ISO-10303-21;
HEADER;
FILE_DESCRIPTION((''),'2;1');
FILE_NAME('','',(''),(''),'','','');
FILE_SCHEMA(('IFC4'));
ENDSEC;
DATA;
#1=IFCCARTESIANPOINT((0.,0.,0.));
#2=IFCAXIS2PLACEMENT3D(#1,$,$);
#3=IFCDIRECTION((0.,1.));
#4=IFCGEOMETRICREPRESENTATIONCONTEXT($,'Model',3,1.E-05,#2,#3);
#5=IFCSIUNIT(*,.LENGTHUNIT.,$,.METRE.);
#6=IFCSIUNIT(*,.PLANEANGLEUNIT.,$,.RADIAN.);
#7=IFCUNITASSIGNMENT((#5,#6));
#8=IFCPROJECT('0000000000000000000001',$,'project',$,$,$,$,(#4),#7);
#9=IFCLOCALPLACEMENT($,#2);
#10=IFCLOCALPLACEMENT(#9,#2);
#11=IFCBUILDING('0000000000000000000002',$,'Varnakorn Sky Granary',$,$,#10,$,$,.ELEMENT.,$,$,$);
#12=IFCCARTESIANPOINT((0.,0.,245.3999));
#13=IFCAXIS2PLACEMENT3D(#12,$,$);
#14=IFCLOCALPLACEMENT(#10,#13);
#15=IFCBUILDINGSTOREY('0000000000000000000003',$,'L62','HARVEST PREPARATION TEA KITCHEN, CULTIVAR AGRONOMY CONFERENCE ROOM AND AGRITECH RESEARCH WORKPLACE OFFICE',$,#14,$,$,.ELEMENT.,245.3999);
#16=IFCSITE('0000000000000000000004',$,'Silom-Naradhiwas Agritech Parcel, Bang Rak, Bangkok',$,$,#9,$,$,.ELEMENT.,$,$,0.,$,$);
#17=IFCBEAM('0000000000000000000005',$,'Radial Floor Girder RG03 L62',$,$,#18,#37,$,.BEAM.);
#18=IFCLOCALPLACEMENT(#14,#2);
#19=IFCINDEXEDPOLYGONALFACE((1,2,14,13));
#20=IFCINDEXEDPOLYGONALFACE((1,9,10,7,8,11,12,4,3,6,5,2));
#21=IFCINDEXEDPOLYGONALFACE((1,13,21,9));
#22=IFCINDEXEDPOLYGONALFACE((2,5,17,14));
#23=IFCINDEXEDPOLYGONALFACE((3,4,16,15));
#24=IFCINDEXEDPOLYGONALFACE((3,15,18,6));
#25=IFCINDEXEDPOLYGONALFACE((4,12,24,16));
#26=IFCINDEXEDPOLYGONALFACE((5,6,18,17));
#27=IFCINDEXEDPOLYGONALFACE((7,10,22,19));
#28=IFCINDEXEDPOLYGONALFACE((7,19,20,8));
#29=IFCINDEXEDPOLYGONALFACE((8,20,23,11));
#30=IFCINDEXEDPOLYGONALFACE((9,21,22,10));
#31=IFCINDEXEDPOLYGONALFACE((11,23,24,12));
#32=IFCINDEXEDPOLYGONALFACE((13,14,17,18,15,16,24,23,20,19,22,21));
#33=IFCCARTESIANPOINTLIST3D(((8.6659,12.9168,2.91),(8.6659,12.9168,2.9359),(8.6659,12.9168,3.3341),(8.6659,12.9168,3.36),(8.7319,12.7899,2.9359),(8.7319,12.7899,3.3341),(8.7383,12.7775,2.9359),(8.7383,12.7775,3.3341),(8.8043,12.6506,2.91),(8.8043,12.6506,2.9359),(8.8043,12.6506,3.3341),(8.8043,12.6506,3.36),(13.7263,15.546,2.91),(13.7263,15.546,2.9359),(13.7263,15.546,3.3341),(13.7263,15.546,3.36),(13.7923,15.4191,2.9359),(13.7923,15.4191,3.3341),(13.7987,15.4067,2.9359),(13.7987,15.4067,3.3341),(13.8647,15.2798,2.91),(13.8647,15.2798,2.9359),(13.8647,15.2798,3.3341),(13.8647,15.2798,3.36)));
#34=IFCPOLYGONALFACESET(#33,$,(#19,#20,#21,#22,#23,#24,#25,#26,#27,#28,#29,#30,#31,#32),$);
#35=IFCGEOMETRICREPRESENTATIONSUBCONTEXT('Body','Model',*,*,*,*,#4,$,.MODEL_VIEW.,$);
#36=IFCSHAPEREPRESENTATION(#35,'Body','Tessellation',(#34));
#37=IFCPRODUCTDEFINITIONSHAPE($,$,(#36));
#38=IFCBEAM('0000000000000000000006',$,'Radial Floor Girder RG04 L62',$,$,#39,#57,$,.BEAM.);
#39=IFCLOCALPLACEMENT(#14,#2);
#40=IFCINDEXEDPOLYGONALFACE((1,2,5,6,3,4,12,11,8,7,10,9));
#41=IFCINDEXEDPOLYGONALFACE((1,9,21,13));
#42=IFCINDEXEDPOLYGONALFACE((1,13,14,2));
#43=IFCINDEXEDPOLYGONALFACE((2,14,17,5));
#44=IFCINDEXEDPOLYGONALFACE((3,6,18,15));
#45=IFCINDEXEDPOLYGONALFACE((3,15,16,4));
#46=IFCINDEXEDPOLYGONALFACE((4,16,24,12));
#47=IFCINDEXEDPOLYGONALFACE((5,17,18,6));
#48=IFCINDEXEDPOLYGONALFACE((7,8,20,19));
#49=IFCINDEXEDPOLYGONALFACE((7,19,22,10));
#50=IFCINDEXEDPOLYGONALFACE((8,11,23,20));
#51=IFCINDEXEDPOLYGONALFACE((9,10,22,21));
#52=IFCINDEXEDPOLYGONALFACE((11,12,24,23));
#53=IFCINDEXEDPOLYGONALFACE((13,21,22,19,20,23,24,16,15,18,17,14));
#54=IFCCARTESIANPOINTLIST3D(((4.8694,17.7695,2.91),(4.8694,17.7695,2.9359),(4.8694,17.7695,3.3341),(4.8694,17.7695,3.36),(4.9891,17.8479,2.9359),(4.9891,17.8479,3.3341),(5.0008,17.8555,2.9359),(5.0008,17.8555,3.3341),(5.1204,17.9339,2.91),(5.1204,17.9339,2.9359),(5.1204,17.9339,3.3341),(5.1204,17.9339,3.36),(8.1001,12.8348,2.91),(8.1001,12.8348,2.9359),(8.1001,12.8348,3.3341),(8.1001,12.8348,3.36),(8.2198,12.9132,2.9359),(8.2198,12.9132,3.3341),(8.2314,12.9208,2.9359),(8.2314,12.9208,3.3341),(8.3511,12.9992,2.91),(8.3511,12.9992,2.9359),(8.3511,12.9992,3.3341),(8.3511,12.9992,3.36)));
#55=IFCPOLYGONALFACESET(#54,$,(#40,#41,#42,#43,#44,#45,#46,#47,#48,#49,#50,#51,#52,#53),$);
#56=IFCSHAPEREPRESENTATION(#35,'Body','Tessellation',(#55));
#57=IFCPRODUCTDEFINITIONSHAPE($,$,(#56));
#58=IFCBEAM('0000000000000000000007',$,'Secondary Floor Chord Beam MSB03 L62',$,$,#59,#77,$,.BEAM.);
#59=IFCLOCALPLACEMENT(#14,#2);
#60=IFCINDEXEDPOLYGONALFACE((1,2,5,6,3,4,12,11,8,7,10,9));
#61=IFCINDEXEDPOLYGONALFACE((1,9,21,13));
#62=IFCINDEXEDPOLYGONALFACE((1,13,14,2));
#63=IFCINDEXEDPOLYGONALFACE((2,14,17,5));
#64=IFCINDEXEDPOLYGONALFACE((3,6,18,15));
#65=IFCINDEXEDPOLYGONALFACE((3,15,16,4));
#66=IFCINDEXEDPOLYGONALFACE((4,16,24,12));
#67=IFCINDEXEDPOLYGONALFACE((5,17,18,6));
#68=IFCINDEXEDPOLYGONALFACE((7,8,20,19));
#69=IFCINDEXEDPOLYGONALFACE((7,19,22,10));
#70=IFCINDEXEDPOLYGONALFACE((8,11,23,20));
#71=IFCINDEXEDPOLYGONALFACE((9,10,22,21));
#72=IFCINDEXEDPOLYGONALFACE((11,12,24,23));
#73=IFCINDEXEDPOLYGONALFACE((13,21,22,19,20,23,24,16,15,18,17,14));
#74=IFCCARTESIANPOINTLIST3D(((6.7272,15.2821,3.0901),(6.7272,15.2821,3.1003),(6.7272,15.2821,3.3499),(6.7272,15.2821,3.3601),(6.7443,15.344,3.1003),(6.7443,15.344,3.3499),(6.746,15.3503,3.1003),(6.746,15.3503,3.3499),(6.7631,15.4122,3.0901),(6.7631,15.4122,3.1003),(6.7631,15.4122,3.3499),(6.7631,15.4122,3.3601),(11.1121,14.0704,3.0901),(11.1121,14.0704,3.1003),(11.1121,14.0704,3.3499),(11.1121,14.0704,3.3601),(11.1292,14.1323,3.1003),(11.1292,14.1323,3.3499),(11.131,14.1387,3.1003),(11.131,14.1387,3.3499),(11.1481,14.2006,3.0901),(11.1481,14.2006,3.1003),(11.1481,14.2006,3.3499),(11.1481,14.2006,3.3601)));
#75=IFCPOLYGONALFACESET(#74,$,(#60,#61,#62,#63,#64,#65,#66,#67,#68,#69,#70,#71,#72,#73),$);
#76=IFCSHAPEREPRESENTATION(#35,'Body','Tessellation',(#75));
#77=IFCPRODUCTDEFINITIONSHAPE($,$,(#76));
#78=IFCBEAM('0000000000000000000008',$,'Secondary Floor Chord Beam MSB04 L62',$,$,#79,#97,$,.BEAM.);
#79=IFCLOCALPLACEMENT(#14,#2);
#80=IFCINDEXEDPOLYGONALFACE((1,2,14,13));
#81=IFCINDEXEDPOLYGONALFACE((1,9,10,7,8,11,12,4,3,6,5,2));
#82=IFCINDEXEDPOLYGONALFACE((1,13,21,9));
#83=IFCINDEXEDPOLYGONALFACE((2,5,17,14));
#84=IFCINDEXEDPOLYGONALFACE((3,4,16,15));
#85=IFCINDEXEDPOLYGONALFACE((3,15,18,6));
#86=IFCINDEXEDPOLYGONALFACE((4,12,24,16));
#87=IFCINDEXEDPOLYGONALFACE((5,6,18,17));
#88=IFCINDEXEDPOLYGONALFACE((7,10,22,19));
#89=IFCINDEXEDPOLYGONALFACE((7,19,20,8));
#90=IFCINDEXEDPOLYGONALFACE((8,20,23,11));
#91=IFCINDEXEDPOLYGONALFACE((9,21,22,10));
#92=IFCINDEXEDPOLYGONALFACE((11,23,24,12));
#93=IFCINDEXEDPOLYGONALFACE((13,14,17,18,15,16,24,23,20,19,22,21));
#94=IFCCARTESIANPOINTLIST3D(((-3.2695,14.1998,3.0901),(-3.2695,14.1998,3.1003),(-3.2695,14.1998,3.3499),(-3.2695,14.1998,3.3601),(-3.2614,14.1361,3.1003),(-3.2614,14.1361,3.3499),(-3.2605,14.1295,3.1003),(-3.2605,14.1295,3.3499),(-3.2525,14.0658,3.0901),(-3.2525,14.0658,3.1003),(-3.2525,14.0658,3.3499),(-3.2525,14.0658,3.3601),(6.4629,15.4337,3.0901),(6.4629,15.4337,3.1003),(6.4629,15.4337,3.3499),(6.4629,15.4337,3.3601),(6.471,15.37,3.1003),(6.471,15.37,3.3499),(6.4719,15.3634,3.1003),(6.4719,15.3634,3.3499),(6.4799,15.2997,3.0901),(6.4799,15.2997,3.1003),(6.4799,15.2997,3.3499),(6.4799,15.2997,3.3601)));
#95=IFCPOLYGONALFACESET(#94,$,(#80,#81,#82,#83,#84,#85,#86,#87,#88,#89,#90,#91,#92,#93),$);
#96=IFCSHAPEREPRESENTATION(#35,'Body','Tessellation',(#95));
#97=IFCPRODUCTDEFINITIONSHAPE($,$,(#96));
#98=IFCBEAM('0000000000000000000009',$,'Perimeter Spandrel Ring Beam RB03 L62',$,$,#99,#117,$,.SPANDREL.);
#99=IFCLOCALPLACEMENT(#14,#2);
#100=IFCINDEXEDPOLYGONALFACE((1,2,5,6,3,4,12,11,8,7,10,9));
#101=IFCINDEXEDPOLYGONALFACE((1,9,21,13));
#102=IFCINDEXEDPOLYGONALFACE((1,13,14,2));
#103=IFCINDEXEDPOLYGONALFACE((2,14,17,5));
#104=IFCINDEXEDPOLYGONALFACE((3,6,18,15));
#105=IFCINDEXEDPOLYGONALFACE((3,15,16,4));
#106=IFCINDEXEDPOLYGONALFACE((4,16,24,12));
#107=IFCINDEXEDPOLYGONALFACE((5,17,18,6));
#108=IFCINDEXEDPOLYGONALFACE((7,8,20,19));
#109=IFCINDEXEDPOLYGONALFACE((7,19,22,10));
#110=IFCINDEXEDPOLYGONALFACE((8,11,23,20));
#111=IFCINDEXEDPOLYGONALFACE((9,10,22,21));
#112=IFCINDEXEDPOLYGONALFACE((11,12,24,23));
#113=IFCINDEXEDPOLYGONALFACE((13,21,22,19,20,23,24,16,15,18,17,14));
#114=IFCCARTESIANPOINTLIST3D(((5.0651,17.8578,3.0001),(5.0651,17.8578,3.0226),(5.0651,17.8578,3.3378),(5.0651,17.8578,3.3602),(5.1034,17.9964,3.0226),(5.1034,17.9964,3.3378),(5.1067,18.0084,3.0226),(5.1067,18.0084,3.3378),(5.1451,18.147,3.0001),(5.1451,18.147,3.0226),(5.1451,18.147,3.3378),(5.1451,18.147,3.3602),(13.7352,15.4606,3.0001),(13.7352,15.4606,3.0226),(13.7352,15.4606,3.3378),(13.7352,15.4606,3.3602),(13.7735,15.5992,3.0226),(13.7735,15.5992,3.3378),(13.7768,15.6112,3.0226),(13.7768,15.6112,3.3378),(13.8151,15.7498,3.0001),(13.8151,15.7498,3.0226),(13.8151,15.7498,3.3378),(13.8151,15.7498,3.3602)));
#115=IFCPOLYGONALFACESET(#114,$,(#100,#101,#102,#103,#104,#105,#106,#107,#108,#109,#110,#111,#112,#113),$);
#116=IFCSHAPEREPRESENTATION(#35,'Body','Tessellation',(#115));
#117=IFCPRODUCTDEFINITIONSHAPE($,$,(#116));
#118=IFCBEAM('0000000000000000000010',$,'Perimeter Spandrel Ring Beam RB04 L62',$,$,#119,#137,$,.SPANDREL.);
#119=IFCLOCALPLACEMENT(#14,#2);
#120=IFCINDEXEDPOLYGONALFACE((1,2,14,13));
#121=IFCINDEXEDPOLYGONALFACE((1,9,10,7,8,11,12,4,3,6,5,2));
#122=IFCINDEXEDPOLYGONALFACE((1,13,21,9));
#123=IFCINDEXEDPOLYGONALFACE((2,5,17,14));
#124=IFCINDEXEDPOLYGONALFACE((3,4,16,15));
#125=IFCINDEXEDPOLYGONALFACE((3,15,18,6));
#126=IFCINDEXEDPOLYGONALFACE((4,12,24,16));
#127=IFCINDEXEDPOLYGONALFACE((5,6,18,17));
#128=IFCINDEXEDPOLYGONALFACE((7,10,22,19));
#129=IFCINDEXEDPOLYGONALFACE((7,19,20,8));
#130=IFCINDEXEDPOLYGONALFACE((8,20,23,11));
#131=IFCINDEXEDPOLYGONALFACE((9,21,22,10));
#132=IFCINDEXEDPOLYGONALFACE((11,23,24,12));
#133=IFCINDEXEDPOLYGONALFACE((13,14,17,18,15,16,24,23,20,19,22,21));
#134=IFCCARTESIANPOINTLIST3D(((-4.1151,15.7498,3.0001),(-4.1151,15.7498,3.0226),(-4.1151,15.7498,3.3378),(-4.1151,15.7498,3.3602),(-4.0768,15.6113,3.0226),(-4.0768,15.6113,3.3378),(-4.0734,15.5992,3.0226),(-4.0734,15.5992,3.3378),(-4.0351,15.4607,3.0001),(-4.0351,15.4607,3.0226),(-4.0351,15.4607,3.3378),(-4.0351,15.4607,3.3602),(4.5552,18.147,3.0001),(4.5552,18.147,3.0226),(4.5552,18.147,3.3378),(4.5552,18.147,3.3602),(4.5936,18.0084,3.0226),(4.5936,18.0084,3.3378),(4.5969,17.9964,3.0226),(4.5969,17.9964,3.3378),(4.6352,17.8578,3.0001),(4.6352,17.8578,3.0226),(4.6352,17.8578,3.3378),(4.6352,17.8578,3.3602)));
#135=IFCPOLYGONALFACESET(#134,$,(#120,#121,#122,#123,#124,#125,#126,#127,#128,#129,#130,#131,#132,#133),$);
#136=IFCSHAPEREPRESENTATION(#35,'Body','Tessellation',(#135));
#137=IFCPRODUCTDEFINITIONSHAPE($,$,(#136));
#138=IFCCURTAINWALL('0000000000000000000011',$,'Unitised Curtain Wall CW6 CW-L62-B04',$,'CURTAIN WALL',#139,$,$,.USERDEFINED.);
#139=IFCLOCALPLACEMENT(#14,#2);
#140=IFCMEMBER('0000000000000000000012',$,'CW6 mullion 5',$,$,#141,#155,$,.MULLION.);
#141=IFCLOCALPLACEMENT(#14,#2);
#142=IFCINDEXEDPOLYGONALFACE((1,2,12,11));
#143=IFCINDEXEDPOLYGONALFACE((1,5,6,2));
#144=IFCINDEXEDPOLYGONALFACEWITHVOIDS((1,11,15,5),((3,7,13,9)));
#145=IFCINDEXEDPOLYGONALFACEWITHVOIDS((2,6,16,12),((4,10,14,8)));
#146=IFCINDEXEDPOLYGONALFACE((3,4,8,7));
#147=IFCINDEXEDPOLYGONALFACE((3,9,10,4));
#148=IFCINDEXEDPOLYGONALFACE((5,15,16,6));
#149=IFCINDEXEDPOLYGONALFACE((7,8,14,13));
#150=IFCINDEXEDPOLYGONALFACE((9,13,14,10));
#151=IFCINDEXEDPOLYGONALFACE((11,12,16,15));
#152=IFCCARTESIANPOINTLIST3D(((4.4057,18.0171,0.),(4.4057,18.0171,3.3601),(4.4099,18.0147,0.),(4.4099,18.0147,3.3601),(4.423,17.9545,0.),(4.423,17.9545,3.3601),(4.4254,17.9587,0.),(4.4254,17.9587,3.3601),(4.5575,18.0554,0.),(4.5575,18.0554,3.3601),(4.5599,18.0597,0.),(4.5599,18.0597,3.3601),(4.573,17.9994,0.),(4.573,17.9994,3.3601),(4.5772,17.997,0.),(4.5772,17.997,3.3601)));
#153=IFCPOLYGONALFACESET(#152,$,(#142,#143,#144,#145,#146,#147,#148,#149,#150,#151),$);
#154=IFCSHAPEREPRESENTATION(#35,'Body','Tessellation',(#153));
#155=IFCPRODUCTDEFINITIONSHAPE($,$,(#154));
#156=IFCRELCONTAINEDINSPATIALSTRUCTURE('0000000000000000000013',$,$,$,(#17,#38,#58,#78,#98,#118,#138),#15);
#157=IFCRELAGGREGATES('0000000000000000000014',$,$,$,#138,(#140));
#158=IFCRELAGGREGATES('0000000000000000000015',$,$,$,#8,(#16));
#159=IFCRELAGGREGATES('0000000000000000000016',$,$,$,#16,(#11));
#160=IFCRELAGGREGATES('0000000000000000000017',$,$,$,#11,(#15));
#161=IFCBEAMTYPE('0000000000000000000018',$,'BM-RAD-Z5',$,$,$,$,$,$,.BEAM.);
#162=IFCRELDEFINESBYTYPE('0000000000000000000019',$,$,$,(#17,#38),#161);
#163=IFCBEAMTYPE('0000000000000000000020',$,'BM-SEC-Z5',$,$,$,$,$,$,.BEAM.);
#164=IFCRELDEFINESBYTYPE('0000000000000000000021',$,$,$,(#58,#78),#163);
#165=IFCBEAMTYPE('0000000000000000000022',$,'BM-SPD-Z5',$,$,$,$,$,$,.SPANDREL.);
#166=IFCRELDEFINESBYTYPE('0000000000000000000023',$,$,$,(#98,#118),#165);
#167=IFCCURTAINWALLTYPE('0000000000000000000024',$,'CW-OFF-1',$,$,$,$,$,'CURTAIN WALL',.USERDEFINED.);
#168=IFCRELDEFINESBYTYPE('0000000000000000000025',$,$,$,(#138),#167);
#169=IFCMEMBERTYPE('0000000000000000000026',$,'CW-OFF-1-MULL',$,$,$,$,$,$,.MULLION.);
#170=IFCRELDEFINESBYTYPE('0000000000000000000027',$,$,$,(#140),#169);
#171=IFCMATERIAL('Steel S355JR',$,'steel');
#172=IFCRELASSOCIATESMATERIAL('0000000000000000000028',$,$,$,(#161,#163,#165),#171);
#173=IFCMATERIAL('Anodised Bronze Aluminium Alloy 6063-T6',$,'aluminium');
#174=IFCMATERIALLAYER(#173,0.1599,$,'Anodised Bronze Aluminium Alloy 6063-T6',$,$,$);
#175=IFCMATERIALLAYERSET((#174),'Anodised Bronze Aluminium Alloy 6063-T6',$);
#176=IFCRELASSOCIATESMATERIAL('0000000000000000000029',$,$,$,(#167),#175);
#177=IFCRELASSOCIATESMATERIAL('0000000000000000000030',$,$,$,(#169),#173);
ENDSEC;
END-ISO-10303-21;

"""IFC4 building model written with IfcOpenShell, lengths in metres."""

from ifc_helpers import new_model, si_unit, direction, frame, origin, origin_2d, place, context, subcontext, project, spatial, hollow_rectangle, i_section, extrude, material, layer, layer_set, material_profile, profile_set, type_object, element, aggregate, save


model = new_model("IFC4")

# Units and contexts
model_context = context("Model", 3, precision=1e-05, world=origin(), true_north=direction((0.0, 1.0)))
body_context = subcontext(model_context, "Body", "Model", "MODEL_VIEW")
ifc_project = project(units=[si_unit("LENGTHUNIT", "METRE"), si_unit("PLANEANGLEUNIT", "RADIAN")], contexts=[model_context])

# Site, building, storey
site_placement = place(None, origin())
site = spatial("IfcSite", under=ifc_project, at=site_placement, Name="Silom-Naradhiwas Agritech Parcel, Bang Rak, Bangkok", CompositionType="ELEMENT", RefElevation=0.0)
building_placement = place(site_placement, origin())
building = spatial("IfcBuilding", under=site, at=building_placement, Name="Varnakorn Sky Granary", CompositionType="ELEMENT")
storey_placement = place(building_placement, frame((0.0, 0.0, 245.3999)))
storey = spatial("IfcBuildingStorey", under=building, at=storey_placement, Name="L62", Description="HARVEST PREPARATION TEA KITCHEN, CULTIVAR AGRONOMY CONFERENCE ROOM AND AGRITECH RESEARCH WORKPLACE OFFICE", CompositionType="ELEMENT", Elevation=245.3999)

# Beams
ifc_material_1 = material(Name="Steel S355JR", Category="steel")
ifc_material_profile_1 = material_profile(ifc_material_1, i_section(OverallWidth=0.3, OverallDepth=0.45, WebThickness=0.0139, FlangeThickness=0.0259, at=origin_2d()), Name="HE 450 B")
ifc_profile_set_1 = profile_set([ifc_material_profile_1], Name="Steel S355JR")
beam_type_1 = type_object("IfcBeamType", Name="BM-RAD-Z5", PredefinedType="BEAM", material=ifc_profile_set_1)
beam_1_placement = place(storey_placement, frame((8.7351, 12.7837, 3.135), z_axis=(0.887375, 0.461048, 0.0), x_axis=(-0.461048, 0.887375, 0.0)))
element("IfcBeam", 1, at=beam_1_placement, inside=storey, type_object=beam_type_1, Name="Radial Floor Girder RG03 L62", PredefinedType="BEAM", context=body_context, shape_type="SweptSolid", body=[
    extrude(i_section(OverallWidth=0.3, OverallDepth=0.45, WebThickness=0.0139, FlangeThickness=0.0259, at=origin_2d()), origin(), (0.0, 0.0, 1.0), 5.7026),
])
beam_2_placement = place(storey_placement, frame((8.2256, 12.917, 3.135), z_axis=(-0.547737, 0.836651, 0.0), x_axis=(-0.836651, -0.547737, 0.0)))
element("IfcBeam", 2, at=beam_2_placement, inside=storey, type_object=beam_type_1, Name="Radial Floor Girder RG04 L62", PredefinedType="BEAM", context=body_context, shape_type="SweptSolid", body=[
    extrude(i_section(OverallWidth=0.3, OverallDepth=0.45, WebThickness=0.0139, FlangeThickness=0.0259, at=origin_2d()), origin(), (0.0, 0.0, 1.0), 5.8982),
])
ifc_material_profile_2 = material_profile(ifc_material_1, i_section(OverallWidth=0.135, OverallDepth=0.27, WebThickness=0.0066, FlangeThickness=0.0103, at=origin_2d()), Name="IPE 270")
ifc_profile_set_2 = profile_set([ifc_material_profile_2], Name="Steel S355JR")
beam_type_2 = type_object("IfcBeamType", Name="BM-SEC-Z5", PredefinedType="BEAM", material=ifc_profile_set_2)
beam_3_placement = place(storey_placement, frame((11.1301, 14.1355, 3.2251), z_axis=(-0.963879, 0.26634, 0.0), x_axis=(-0.26634, -0.963879, 0.0)))
element("IfcBeam", 3, at=beam_3_placement, inside=storey, type_object=beam_type_2, Name="Secondary Floor Chord Beam MSB03 L62", PredefinedType="BEAM", context=body_context, shape_type="SweptSolid", body=[
    extrude(i_section(OverallWidth=0.135, OverallDepth=0.27, WebThickness=0.0066, FlangeThickness=0.0103, at=origin_2d()), origin(), (0.0, 0.0, 1.0), 4.5493),
])
beam_4_placement = place(storey_placement, frame((6.4714, 15.3667, 3.2251), z_axis=(-0.992059, -0.125774, 0.0), x_axis=(0.125774, -0.992059, 0.0)))
element("IfcBeam", 4, at=beam_4_placement, inside=storey, type_object=beam_type_2, Name="Secondary Floor Chord Beam MSB04 L62", PredefinedType="BEAM", context=body_context, shape_type="SweptSolid", body=[
    extrude(i_section(OverallWidth=0.135, OverallDepth=0.27, WebThickness=0.0066, FlangeThickness=0.0103, at=origin_2d()), origin(), (0.0, 0.0, 1.0), 9.8103),
])
ifc_material_profile_3 = material_profile(ifc_material_1, i_section(OverallWidth=0.3, OverallDepth=0.3601, WebThickness=0.0125, FlangeThickness=0.0225, at=origin_2d()), Name="HE 360 B")
ifc_profile_set_3 = profile_set([ifc_material_profile_3], Name="Steel S355JR")
beam_type_3 = type_object("IfcBeamType", Name="BM-SPD-Z5", PredefinedType="SPANDREL", material=ifc_profile_set_3)
beam_5_placement = place(storey_placement, frame((13.7751, 15.6052, 3.1802), z_axis=(-0.963837, 0.266492, 0.0), x_axis=(-0.266492, -0.963837, 0.0)))
element("IfcBeam", 5, at=beam_5_placement, inside=storey, type_object=beam_type_3, Name="Perimeter Spandrel Ring Beam RB03 L62", PredefinedType="SPANDREL", context=body_context, shape_type="SweptSolid", body=[
    extrude(i_section(OverallWidth=0.3, OverallDepth=0.3601, WebThickness=0.0125, FlangeThickness=0.0225, at=origin_2d()), origin(), (0.0, 0.0, 1.0), 8.9954),
])
beam_6_placement = place(storey_placement, frame((4.5952, 18.0024, 3.1802), z_axis=(-0.963839, -0.266485, 0.0), x_axis=(0.266485, -0.963839, 0.0)))
element("IfcBeam", 6, at=beam_6_placement, inside=storey, type_object=beam_type_3, Name="Perimeter Spandrel Ring Beam RB04 L62", PredefinedType="SPANDREL", context=body_context, shape_type="SweptSolid", body=[
    extrude(i_section(OverallWidth=0.3, OverallDepth=0.3601, WebThickness=0.0125, FlangeThickness=0.0225, at=origin_2d()), origin(), (0.0, 0.0, 1.0), 8.9956),
])

# Curtain wall, member
ifc_material_2 = material(Name="Anodised Bronze Aluminium Alloy 6063-T6", Category="aluminium")
ifc_layer_1 = layer(ifc_material_2, 0.1599, Name="Anodised Bronze Aluminium Alloy 6063-T6")
ifc_layer_set_1 = layer_set([ifc_layer_1], Name="Anodised Bronze Aluminium Alloy 6063-T6")
curtain_wall_type = type_object("IfcCurtainWallType", Name="CW-OFF-1", ElementType="CURTAIN WALL", PredefinedType="USERDEFINED", material=ifc_layer_set_1)
curtain_wall_placement = place(storey_placement, origin())
curtain_wall = element("IfcCurtainWall", 7, at=curtain_wall_placement, inside=storey, type_object=curtain_wall_type, Name="Unitised Curtain Wall CW6 CW-L62-B04", ObjectType="CURTAIN WALL", PredefinedType="USERDEFINED")
ifc_material_profile_4 = material_profile(ifc_material_2, hollow_rectangle(XDim=0.0649, YDim=0.1599, WallThickness=0.0034, at=origin_2d()), Name="ALU MULL 65x160")
ifc_profile_set_4 = profile_set([ifc_material_profile_4], Name="Anodised Bronze Aluminium Alloy 6063-T6")
member_type_1 = type_object("IfcMemberType", Name="CW-OFF-1-MULL", PredefinedType="MULLION", material=ifc_profile_set_4)
member_1_placement = place(storey_placement, frame((4.4915, 18.0071, 0.0), z_axis=(0.0, 0.0, 1.0), x_axis=(-0.266022, 0.963967, 0.0)))
member_1 = element("IfcMember", 8, at=member_1_placement, type_object=member_type_1, Name="CW6 mullion 5", PredefinedType="MULLION", context=body_context, shape_type="SweptSolid", body=[
    extrude(hollow_rectangle(XDim=0.0649, YDim=0.1599, WallThickness=0.0034, at=origin_2d()), origin(), (0.0, 0.0, 1.0), 3.3601),
])
aggregate(curtain_wall, [member_1])

save(model, "model.ifc")
